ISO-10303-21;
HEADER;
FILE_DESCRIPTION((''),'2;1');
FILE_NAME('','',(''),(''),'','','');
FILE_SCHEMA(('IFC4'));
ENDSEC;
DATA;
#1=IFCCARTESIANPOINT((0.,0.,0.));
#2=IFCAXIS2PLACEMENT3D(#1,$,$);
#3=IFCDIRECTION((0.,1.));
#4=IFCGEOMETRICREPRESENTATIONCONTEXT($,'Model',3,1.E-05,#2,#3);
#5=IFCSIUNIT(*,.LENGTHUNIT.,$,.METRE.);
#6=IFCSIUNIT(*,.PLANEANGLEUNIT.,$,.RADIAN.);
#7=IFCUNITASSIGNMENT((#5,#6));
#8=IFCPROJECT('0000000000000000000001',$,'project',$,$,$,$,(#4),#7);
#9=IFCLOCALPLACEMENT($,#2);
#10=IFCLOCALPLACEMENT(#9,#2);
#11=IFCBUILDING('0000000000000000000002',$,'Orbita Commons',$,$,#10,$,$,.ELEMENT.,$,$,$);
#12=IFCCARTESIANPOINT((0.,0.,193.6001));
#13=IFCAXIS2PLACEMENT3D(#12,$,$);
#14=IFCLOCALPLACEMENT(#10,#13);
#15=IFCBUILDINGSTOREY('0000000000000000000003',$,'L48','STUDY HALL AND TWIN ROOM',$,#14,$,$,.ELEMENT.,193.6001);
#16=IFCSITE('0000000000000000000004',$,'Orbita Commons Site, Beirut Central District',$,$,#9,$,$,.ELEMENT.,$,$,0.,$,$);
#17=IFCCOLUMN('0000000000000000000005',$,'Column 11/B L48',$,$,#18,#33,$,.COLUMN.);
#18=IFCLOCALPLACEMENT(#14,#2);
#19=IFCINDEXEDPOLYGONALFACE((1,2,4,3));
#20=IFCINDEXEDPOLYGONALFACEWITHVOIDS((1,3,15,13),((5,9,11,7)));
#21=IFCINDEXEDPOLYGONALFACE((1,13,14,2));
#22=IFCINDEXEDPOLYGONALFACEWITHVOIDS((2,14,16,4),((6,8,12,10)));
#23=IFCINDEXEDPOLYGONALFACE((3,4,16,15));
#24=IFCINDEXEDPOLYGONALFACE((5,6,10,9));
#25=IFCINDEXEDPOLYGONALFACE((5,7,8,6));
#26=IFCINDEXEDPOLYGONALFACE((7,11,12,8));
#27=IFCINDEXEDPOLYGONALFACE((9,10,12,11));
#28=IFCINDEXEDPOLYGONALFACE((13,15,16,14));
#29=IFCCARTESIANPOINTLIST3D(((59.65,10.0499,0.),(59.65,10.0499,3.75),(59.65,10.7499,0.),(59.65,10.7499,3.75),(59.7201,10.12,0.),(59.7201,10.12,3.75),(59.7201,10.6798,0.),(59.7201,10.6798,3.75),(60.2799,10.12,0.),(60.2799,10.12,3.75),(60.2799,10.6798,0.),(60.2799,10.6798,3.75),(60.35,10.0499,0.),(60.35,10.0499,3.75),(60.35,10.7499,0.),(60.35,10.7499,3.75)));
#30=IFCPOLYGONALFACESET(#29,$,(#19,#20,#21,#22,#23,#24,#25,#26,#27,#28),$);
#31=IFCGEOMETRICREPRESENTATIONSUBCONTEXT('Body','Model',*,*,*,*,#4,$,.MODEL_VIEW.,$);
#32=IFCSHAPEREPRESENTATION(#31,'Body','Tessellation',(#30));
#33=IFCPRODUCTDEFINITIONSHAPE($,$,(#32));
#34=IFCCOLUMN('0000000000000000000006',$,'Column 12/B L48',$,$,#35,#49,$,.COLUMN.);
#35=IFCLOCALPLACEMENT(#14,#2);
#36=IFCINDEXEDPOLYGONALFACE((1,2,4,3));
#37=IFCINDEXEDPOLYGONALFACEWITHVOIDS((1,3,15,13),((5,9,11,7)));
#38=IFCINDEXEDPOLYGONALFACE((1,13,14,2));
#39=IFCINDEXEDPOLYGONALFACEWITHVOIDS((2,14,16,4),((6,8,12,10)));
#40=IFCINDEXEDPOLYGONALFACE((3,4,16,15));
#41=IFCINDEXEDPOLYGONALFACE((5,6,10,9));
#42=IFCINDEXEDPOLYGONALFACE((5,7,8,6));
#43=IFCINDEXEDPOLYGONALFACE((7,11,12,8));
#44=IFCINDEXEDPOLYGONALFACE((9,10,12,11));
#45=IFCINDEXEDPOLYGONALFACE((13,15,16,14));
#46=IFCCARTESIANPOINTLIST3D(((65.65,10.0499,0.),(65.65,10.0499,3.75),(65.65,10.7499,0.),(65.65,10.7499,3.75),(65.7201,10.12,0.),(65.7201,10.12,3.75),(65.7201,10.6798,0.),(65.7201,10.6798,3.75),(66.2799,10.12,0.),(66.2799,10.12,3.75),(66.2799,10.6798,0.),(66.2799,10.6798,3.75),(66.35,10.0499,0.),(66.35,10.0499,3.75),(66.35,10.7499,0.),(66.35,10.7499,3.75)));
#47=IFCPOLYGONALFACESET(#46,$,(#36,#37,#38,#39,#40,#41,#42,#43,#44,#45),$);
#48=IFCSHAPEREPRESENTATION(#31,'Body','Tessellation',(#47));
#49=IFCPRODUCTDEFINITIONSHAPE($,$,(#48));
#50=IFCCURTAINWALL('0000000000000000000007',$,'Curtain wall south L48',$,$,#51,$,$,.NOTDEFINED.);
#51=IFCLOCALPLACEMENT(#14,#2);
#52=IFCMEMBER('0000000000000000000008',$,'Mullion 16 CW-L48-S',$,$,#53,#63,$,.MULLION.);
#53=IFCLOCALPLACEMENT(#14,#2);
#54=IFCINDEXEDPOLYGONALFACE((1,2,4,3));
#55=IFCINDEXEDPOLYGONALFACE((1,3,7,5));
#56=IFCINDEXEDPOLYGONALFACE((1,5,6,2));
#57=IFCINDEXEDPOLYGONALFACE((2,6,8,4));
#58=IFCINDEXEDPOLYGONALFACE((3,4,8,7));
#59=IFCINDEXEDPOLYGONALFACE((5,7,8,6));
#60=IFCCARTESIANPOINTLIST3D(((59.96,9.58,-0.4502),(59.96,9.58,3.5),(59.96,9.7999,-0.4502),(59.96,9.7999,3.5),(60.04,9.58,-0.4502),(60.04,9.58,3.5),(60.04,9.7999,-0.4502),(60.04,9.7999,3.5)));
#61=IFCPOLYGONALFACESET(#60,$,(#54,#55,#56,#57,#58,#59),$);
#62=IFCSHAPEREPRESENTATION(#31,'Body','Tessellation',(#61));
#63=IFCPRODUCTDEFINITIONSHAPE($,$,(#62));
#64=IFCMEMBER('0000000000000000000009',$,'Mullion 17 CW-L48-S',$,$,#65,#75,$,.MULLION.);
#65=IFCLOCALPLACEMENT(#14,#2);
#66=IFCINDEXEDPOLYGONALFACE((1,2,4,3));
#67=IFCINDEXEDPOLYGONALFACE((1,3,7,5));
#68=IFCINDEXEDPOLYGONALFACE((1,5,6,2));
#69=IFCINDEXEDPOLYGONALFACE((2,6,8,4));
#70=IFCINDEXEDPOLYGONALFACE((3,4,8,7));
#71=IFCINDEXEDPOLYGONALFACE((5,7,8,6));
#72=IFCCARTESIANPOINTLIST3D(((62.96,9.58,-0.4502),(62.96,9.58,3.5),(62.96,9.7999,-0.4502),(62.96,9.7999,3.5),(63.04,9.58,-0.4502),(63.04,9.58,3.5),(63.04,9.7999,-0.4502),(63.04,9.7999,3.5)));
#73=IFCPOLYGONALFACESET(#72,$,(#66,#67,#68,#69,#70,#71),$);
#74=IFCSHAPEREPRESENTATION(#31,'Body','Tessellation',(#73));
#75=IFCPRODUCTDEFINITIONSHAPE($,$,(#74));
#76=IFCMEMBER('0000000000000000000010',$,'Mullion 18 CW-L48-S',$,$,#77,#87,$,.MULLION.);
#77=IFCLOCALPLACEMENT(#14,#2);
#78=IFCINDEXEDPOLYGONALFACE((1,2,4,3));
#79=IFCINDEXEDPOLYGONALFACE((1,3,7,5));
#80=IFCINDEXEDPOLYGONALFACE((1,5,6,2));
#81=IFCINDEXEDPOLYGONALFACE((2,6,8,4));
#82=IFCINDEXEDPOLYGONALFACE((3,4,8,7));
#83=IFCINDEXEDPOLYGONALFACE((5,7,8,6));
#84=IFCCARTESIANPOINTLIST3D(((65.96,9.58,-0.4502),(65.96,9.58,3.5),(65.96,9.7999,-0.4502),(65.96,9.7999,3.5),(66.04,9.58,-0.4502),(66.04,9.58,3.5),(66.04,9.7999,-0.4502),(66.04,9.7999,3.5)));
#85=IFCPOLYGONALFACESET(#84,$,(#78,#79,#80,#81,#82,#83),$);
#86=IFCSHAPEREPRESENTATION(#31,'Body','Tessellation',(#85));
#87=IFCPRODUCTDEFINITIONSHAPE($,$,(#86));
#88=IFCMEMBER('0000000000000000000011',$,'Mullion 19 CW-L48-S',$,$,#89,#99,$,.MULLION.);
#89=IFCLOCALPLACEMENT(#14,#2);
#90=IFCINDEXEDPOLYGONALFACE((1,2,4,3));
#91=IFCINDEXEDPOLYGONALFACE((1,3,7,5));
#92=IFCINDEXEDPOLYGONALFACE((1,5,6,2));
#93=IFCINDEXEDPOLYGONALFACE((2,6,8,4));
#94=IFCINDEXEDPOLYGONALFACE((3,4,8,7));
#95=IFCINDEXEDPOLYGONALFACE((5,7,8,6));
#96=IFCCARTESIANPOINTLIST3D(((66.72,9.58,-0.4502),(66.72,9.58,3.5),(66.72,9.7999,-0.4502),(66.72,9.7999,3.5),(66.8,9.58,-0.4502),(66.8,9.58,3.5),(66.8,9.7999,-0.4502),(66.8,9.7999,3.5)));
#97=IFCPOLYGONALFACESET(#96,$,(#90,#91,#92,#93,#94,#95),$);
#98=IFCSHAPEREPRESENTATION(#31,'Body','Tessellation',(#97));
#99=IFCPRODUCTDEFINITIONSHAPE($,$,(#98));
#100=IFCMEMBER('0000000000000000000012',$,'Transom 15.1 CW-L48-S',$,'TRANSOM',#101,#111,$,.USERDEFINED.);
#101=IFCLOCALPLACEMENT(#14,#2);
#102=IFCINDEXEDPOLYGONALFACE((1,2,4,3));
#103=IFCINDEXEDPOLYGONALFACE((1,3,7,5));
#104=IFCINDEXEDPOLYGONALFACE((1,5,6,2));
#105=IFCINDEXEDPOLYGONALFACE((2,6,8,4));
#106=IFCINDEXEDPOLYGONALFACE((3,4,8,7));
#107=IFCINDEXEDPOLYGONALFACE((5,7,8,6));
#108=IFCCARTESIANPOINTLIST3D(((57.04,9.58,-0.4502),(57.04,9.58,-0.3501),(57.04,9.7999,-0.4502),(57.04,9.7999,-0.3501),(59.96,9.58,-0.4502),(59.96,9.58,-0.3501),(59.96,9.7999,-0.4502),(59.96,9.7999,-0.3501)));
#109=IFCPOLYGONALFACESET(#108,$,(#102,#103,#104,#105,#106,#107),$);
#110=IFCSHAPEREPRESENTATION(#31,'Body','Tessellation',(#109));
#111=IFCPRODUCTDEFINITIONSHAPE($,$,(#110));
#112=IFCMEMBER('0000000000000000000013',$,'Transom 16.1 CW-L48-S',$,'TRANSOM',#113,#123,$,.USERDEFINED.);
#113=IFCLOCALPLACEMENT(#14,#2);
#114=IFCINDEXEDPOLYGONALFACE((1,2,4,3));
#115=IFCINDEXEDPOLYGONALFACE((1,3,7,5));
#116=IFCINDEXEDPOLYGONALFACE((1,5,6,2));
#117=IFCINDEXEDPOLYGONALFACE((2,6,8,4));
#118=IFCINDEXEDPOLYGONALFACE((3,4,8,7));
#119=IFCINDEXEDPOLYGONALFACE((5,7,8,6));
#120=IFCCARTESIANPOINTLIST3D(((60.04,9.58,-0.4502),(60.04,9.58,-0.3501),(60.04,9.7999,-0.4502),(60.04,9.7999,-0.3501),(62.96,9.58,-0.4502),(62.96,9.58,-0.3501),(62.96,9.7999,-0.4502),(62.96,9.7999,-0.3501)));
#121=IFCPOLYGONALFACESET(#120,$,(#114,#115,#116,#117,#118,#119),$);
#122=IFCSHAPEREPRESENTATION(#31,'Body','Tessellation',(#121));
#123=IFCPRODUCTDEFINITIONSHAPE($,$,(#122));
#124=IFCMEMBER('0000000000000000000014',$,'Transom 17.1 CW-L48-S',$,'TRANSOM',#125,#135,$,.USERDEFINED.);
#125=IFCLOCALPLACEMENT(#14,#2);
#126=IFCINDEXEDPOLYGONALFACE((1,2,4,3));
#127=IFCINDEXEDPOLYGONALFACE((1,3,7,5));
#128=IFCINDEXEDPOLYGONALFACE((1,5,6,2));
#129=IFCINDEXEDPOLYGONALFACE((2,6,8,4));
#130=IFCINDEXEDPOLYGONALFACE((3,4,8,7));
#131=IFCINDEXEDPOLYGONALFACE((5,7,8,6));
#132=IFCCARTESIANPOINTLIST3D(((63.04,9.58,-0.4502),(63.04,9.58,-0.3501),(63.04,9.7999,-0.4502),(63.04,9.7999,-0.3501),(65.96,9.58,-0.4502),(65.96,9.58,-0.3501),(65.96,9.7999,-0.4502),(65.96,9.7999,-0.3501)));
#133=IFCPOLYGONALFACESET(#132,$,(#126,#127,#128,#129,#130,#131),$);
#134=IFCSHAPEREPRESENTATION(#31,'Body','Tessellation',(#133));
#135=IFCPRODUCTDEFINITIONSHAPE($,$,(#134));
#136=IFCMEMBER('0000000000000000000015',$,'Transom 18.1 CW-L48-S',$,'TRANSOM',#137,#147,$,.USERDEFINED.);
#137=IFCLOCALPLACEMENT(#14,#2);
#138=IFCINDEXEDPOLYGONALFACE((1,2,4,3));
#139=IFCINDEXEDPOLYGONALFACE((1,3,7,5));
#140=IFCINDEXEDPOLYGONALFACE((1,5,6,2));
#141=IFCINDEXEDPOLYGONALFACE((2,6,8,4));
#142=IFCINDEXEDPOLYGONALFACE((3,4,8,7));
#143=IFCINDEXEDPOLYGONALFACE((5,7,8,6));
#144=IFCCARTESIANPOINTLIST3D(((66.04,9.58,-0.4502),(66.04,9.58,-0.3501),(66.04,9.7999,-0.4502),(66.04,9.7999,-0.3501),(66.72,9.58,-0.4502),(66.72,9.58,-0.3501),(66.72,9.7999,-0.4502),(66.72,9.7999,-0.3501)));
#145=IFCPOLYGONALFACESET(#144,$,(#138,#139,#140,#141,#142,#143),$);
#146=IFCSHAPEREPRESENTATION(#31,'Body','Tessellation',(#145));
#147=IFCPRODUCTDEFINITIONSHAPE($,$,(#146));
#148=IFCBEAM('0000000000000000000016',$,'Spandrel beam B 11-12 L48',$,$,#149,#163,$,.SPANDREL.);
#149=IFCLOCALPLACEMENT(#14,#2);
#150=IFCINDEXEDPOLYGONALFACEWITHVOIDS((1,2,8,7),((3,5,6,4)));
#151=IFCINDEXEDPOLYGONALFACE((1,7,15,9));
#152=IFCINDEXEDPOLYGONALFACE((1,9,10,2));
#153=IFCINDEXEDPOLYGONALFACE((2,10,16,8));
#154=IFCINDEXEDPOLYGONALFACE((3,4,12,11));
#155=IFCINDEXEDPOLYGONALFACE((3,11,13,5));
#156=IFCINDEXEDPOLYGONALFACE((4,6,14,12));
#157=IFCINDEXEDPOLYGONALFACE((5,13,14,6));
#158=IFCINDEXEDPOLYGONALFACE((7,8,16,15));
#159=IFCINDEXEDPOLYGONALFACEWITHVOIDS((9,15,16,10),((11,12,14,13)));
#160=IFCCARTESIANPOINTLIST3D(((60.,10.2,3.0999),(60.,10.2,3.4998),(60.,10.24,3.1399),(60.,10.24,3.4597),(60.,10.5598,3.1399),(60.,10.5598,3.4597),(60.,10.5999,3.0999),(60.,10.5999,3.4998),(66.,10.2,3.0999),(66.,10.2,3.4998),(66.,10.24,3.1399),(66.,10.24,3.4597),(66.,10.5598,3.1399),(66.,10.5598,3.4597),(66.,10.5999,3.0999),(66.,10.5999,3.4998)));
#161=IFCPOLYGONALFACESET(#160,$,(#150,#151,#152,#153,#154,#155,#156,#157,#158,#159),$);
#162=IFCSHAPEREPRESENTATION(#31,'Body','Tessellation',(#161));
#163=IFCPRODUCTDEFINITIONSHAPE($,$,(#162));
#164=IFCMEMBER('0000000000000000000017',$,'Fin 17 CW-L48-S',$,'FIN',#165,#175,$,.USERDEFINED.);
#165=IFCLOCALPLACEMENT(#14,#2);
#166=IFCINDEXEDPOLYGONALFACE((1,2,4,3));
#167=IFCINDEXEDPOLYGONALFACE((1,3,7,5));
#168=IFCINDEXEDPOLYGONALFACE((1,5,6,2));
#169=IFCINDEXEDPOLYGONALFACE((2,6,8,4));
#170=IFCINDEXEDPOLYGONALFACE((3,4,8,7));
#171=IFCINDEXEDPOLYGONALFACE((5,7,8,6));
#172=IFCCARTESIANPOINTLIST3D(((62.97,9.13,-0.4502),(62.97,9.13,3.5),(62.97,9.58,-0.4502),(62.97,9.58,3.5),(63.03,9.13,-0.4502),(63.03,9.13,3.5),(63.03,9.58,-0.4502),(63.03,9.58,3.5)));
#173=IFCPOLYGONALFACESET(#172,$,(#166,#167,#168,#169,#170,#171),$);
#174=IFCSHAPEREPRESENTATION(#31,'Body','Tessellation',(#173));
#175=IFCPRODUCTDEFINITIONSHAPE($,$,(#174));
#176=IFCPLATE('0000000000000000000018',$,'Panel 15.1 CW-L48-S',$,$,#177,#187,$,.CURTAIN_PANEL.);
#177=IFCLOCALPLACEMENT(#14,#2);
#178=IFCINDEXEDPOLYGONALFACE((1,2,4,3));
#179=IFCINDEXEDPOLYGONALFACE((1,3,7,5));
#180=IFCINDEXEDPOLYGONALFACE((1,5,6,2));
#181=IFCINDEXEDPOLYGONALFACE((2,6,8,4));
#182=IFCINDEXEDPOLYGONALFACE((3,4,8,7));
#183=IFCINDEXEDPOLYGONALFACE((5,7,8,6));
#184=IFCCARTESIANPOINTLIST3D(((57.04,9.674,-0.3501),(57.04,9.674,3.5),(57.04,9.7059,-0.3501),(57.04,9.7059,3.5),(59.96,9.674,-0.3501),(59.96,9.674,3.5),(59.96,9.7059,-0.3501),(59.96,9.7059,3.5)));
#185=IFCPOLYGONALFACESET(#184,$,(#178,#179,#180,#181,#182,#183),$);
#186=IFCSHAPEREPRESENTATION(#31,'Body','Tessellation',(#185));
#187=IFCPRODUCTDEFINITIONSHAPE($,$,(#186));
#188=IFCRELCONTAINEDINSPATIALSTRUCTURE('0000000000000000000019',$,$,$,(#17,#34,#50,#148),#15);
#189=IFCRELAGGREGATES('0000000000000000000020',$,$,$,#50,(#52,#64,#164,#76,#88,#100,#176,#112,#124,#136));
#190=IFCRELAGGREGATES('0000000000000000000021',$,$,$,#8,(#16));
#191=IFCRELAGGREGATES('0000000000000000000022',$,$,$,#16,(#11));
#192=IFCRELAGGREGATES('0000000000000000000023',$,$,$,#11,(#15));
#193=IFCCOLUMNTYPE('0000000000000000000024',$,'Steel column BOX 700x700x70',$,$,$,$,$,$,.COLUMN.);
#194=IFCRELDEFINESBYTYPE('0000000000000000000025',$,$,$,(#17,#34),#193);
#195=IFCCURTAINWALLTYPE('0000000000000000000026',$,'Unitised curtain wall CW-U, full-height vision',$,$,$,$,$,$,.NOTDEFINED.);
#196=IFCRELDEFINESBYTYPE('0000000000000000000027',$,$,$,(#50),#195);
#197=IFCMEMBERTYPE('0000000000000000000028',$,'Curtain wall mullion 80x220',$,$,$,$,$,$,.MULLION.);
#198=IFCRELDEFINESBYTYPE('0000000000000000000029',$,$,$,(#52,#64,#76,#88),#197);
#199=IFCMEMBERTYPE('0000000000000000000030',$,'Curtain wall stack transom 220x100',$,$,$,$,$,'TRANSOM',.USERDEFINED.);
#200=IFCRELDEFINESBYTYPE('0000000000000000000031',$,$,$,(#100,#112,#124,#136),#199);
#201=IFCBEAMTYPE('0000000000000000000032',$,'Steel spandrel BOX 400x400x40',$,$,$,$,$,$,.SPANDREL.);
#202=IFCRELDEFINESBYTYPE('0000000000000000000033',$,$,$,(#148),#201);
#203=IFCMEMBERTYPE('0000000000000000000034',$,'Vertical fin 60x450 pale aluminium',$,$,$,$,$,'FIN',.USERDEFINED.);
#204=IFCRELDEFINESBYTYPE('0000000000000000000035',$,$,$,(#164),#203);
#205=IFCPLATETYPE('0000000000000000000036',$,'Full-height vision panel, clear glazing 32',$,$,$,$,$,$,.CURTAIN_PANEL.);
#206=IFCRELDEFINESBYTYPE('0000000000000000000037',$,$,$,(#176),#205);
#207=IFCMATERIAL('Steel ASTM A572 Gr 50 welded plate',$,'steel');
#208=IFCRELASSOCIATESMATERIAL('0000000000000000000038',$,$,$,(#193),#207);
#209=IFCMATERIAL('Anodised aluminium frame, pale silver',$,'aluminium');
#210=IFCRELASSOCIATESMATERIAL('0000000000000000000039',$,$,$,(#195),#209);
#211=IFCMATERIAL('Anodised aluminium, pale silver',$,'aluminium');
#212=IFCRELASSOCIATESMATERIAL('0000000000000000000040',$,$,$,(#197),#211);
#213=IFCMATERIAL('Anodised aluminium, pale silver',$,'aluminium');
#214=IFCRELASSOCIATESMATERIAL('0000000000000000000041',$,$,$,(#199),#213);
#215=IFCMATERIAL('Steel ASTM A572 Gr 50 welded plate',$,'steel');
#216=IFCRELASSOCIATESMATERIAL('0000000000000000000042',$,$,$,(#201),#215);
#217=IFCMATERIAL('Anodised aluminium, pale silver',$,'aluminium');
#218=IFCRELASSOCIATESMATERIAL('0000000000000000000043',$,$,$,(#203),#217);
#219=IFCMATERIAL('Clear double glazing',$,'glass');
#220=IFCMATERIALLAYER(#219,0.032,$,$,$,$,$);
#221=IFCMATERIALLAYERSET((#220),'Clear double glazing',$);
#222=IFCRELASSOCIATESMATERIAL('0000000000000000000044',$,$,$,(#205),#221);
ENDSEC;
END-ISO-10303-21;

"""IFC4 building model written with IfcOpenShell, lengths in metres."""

from ifc_helpers import new_model, si_unit, direction, frame, origin, origin_2d, place, context, subcontext, project, spatial, rectangle, hollow_rectangle, extrude, material, layer, layer_set, material_profile, profile_set, type_object, element, aggregate, save


model = new_model("IFC4")

# Units and contexts
model_context = context("Model", 3, precision=1e-05, world=origin(), true_north=direction((0.0, 1.0)))
body_context = subcontext(model_context, "Body", "Model", "MODEL_VIEW")
ifc_project = project(units=[si_unit("LENGTHUNIT", "METRE"), si_unit("PLANEANGLEUNIT", "RADIAN")], contexts=[model_context])

# Site, building, storey
site_placement = place(None, origin())
site = spatial("IfcSite", under=ifc_project, at=site_placement, Name="Orbita Commons Site, Beirut Central District", CompositionType="ELEMENT", RefElevation=0.0)
building_placement = place(site_placement, origin())
building = spatial("IfcBuilding", under=site, at=building_placement, Name="Orbita Commons", CompositionType="ELEMENT")
storey_placement = place(building_placement, frame((0.0, 0.0, 193.6001)))
storey = spatial("IfcBuildingStorey", under=building, at=storey_placement, Name="L48", Description="STUDY HALL AND TWIN ROOM", CompositionType="ELEMENT", Elevation=193.6001)

# Columns
ifc_material_1 = material(Name="Steel ASTM A572 Gr 50 welded plate", Category="steel")
ifc_material_profile_1 = material_profile(ifc_material_1, hollow_rectangle(XDim=0.7, YDim=0.7, WallThickness=0.0701, at=origin_2d()), Name="BOX 700x700x70")
ifc_profile_set_1 = profile_set([ifc_material_profile_1], Name="Steel ASTM A572 Gr 50 welded plate")
column_type = type_object("IfcColumnType", Name="Steel column BOX 700x700x70", PredefinedType="COLUMN", material=ifc_profile_set_1)
for number, where, z_axis, x_axis, name in (
    (1, (60.0, 10.3999, 0.0), (0.0, 0.0, 1.0), (1.0, 0.0, 0.0), "Column 11/B L48"),
    (2, (66.0, 10.3999, 0.0), (0.0, 0.0, 1.0), (1.0, 0.0, 0.0), "Column 12/B L48"),
):
    element("IfcColumn", number, at=place(storey_placement, frame(where, z_axis=z_axis, x_axis=x_axis)), inside=storey, type_object=column_type, Name=name, PredefinedType="COLUMN", context=body_context, shape_type="SweptSolid", body=[
        extrude(hollow_rectangle(XDim=0.7, YDim=0.7, WallThickness=0.0701, at=origin_2d()), origin(), (0.0, 0.0, 1.0), 3.75),
    ])

# Curtain wall, members
ifc_material_2 = material(Name="Anodised aluminium frame, pale silver", Category="aluminium")
curtain_wall_type = type_object("IfcCurtainWallType", Name="Unitised curtain wall CW-U, full-height vision", PredefinedType="NOTDEFINED", material=ifc_material_2)
curtain_wall_placement = place(storey_placement, origin())
curtain_wall = element("IfcCurtainWall", 3, at=curtain_wall_placement, inside=storey, type_object=curtain_wall_type, Name="Curtain wall south L48", PredefinedType="NOTDEFINED")
ifc_material_3 = material(Name="Anodised aluminium, pale silver", Category="aluminium")
ifc_material_profile_2 = material_profile(ifc_material_3, rectangle(XDim=0.0801, YDim=0.22, at=origin_2d()), Name="AL 80x220")
ifc_profile_set_2 = profile_set([ifc_material_profile_2], Name="Anodised aluminium, pale silver")
member_type_1 = type_object("IfcMemberType", Name="Curtain wall mullion 80x220", PredefinedType="MULLION", material=ifc_profile_set_2)
member_1_placement = place(storey_placement, frame((60.0, 9.6899, -0.4502), z_axis=(0.0, 0.0, 1.0), x_axis=(1.0, 0.0, 0.0)))
member_1 = element("IfcMember", 4, at=member_1_placement, type_object=member_type_1, Name="Mullion 16 CW-L48-S", PredefinedType="MULLION", context=body_context, shape_type="SweptSolid", body=[
    extrude(rectangle(XDim=0.0801, YDim=0.22, at=origin_2d()), origin(), (0.0, 0.0, 1.0), 3.9502),
])
member_2_placement = place(storey_placement, frame((63.0, 9.6899, -0.4502), z_axis=(0.0, 0.0, 1.0), x_axis=(1.0, 0.0, 0.0)))
member_2 = element("IfcMember", 5, at=member_2_placement, type_object=member_type_1, Name="Mullion 17 CW-L48-S", PredefinedType="MULLION", context=body_context, shape_type="SweptSolid", body=[
    extrude(rectangle(XDim=0.0801, YDim=0.22, at=origin_2d()), origin(), (0.0, 0.0, 1.0), 3.9502),
])
member_3_placement = place(storey_placement, frame((66.0, 9.6899, -0.4502), z_axis=(0.0, 0.0, 1.0), x_axis=(1.0, 0.0, 0.0)))
member_3 = element("IfcMember", 6, at=member_3_placement, type_object=member_type_1, Name="Mullion 18 CW-L48-S", PredefinedType="MULLION", context=body_context, shape_type="SweptSolid", body=[
    extrude(rectangle(XDim=0.0801, YDim=0.22, at=origin_2d()), origin(), (0.0, 0.0, 1.0), 3.9502),
])
member_4_placement = place(storey_placement, frame((66.76, 9.6899, -0.4502), z_axis=(0.0, 0.0, 1.0), x_axis=(1.0, 0.0, 0.0)))
member_4 = element("IfcMember", 7, at=member_4_placement, type_object=member_type_1, Name="Mullion 19 CW-L48-S", PredefinedType="MULLION", context=body_context, shape_type="SweptSolid", body=[
    extrude(rectangle(XDim=0.0801, YDim=0.22, at=origin_2d()), origin(), (0.0, 0.0, 1.0), 3.9502),
])
ifc_material_4 = material(Name="Anodised aluminium, pale silver", Category="aluminium")
ifc_material_profile_3 = material_profile(ifc_material_4, rectangle(XDim=0.22, YDim=0.1001, at=origin_2d()), Name="AL 220x100")
ifc_profile_set_3 = profile_set([ifc_material_profile_3], Name="Anodised aluminium, pale silver")
member_type_2 = type_object("IfcMemberType", Name="Curtain wall stack transom 220x100", ElementType="TRANSOM", PredefinedType="USERDEFINED", material=ifc_profile_set_3)
member_5_placement = place(storey_placement, frame((57.04, 9.6899, -0.4001), z_axis=(1.0, 0.0, 0.0), x_axis=(0.0, 1.0, 0.0)))
member_5 = element("IfcMember", 8, at=member_5_placement, type_object=member_type_2, Name="Transom 15.1 CW-L48-S", ObjectType="TRANSOM", PredefinedType="USERDEFINED", context=body_context, shape_type="SweptSolid", body=[
    extrude(rectangle(XDim=0.22, YDim=0.1001, at=origin_2d()), origin(), (0.0, 0.0, 1.0), 2.9199),
])
member_6_placement = place(storey_placement, frame((60.04, 9.6899, -0.4001), z_axis=(1.0, 0.0, 0.0), x_axis=(0.0, 1.0, 0.0)))
member_6 = element("IfcMember", 9, at=member_6_placement, type_object=member_type_2, Name="Transom 16.1 CW-L48-S", ObjectType="TRANSOM", PredefinedType="USERDEFINED", context=body_context, shape_type="SweptSolid", body=[
    extrude(rectangle(XDim=0.22, YDim=0.1001, at=origin_2d()), origin(), (0.0, 0.0, 1.0), 2.9199),
])
member_7_placement = place(storey_placement, frame((63.04, 9.6899, -0.4001), z_axis=(1.0, 0.0, 0.0), x_axis=(0.0, 1.0, 0.0)))
member_7 = element("IfcMember", 10, at=member_7_placement, type_object=member_type_2, Name="Transom 17.1 CW-L48-S", ObjectType="TRANSOM", PredefinedType="USERDEFINED", context=body_context, shape_type="SweptSolid", body=[
    extrude(rectangle(XDim=0.22, YDim=0.1001, at=origin_2d()), origin(), (0.0, 0.0, 1.0), 2.9199),
])
member_8_placement = place(storey_placement, frame((66.04, 9.6899, -0.4001), z_axis=(1.0, 0.0, 0.0), x_axis=(0.0, 1.0, 0.0)))
member_8 = element("IfcMember", 11, at=member_8_placement, type_object=member_type_2, Name="Transom 18.1 CW-L48-S", ObjectType="TRANSOM", PredefinedType="USERDEFINED", context=body_context, shape_type="SweptSolid", body=[
    extrude(rectangle(XDim=0.22, YDim=0.1001, at=origin_2d()), origin(), (0.0, 0.0, 1.0), 0.6799),
])

# Beam
ifc_material_5 = material(Name="Steel ASTM A572 Gr 50 welded plate", Category="steel")
ifc_material_profile_4 = material_profile(ifc_material_5, hollow_rectangle(XDim=0.3999, YDim=0.3999, WallThickness=0.04, at=origin_2d()), Name="BOX 400x400x40")
ifc_profile_set_4 = profile_set([ifc_material_profile_4], Name="Steel ASTM A572 Gr 50 welded plate")
beam_type = type_object("IfcBeamType", Name="Steel spandrel BOX 400x400x40", PredefinedType="SPANDREL", material=ifc_profile_set_4)
beam_placement = place(storey_placement, frame((60.0, 10.3999, 3.2998), z_axis=(1.0, 0.0, 0.0), x_axis=(0.0, 1.0, 0.0)))
element("IfcBeam", 12, at=beam_placement, inside=storey, type_object=beam_type, Name="Spandrel beam B 11-12 L48", PredefinedType="SPANDREL", context=body_context, shape_type="SweptSolid", body=[
    extrude(hollow_rectangle(XDim=0.3999, YDim=0.3999, WallThickness=0.04, at=origin_2d()), origin(), (0.0, 0.0, 1.0), 6.0),
])

# Member
ifc_material_6 = material(Name="Anodised aluminium, pale silver", Category="aluminium")
ifc_material_profile_5 = material_profile(ifc_material_6, rectangle(XDim=0.0601, YDim=0.45, at=origin_2d()), Name="FIN 60x450")
ifc_profile_set_5 = profile_set([ifc_material_profile_5], Name="Anodised aluminium, pale silver")
member_type_3 = type_object("IfcMemberType", Name="Vertical fin 60x450 pale aluminium", ElementType="FIN", PredefinedType="USERDEFINED", material=ifc_profile_set_5)
member_9_placement = place(storey_placement, frame((63.0, 9.355, -0.4502), z_axis=(0.0, 0.0, 1.0), x_axis=(1.0, 0.0, 0.0)))
member_9 = element("IfcMember", 13, at=member_9_placement, type_object=member_type_3, Name="Fin 17 CW-L48-S", ObjectType="FIN", PredefinedType="USERDEFINED", context=body_context, shape_type="SweptSolid", body=[
    extrude(rectangle(XDim=0.0601, YDim=0.45, at=origin_2d()), origin(), (0.0, 0.0, 1.0), 3.9502),
])

# Plate
ifc_material_7 = material(Name="Clear double glazing", Category="glass")
ifc_layer_1 = layer(ifc_material_7, 0.032)
ifc_layer_set_1 = layer_set([ifc_layer_1], Name="Clear double glazing")
plate_type = type_object("IfcPlateType", Name="Full-height vision panel, clear glazing 32", PredefinedType="CURTAIN_PANEL", material=ifc_layer_set_1)
plate_1_placement = place(storey_placement, frame((58.5, 9.6899, -0.3501), z_axis=(0.0, 0.0, 1.0), x_axis=(1.0, 0.0, 0.0)))
plate_1 = element("IfcPlate", 14, at=plate_1_placement, type_object=plate_type, Name="Panel 15.1 CW-L48-S", PredefinedType="CURTAIN_PANEL", context=body_context, shape_type="SweptSolid", body=[
    extrude(rectangle(XDim=2.9199, YDim=0.032, at=origin_2d()), origin(), (0.0, 0.0, 1.0), 3.8501),
])
aggregate(curtain_wall, [member_1, member_2, member_9, member_3, member_4, member_5, plate_1, member_6, member_7, member_8])

save(model, "model.ifc")
